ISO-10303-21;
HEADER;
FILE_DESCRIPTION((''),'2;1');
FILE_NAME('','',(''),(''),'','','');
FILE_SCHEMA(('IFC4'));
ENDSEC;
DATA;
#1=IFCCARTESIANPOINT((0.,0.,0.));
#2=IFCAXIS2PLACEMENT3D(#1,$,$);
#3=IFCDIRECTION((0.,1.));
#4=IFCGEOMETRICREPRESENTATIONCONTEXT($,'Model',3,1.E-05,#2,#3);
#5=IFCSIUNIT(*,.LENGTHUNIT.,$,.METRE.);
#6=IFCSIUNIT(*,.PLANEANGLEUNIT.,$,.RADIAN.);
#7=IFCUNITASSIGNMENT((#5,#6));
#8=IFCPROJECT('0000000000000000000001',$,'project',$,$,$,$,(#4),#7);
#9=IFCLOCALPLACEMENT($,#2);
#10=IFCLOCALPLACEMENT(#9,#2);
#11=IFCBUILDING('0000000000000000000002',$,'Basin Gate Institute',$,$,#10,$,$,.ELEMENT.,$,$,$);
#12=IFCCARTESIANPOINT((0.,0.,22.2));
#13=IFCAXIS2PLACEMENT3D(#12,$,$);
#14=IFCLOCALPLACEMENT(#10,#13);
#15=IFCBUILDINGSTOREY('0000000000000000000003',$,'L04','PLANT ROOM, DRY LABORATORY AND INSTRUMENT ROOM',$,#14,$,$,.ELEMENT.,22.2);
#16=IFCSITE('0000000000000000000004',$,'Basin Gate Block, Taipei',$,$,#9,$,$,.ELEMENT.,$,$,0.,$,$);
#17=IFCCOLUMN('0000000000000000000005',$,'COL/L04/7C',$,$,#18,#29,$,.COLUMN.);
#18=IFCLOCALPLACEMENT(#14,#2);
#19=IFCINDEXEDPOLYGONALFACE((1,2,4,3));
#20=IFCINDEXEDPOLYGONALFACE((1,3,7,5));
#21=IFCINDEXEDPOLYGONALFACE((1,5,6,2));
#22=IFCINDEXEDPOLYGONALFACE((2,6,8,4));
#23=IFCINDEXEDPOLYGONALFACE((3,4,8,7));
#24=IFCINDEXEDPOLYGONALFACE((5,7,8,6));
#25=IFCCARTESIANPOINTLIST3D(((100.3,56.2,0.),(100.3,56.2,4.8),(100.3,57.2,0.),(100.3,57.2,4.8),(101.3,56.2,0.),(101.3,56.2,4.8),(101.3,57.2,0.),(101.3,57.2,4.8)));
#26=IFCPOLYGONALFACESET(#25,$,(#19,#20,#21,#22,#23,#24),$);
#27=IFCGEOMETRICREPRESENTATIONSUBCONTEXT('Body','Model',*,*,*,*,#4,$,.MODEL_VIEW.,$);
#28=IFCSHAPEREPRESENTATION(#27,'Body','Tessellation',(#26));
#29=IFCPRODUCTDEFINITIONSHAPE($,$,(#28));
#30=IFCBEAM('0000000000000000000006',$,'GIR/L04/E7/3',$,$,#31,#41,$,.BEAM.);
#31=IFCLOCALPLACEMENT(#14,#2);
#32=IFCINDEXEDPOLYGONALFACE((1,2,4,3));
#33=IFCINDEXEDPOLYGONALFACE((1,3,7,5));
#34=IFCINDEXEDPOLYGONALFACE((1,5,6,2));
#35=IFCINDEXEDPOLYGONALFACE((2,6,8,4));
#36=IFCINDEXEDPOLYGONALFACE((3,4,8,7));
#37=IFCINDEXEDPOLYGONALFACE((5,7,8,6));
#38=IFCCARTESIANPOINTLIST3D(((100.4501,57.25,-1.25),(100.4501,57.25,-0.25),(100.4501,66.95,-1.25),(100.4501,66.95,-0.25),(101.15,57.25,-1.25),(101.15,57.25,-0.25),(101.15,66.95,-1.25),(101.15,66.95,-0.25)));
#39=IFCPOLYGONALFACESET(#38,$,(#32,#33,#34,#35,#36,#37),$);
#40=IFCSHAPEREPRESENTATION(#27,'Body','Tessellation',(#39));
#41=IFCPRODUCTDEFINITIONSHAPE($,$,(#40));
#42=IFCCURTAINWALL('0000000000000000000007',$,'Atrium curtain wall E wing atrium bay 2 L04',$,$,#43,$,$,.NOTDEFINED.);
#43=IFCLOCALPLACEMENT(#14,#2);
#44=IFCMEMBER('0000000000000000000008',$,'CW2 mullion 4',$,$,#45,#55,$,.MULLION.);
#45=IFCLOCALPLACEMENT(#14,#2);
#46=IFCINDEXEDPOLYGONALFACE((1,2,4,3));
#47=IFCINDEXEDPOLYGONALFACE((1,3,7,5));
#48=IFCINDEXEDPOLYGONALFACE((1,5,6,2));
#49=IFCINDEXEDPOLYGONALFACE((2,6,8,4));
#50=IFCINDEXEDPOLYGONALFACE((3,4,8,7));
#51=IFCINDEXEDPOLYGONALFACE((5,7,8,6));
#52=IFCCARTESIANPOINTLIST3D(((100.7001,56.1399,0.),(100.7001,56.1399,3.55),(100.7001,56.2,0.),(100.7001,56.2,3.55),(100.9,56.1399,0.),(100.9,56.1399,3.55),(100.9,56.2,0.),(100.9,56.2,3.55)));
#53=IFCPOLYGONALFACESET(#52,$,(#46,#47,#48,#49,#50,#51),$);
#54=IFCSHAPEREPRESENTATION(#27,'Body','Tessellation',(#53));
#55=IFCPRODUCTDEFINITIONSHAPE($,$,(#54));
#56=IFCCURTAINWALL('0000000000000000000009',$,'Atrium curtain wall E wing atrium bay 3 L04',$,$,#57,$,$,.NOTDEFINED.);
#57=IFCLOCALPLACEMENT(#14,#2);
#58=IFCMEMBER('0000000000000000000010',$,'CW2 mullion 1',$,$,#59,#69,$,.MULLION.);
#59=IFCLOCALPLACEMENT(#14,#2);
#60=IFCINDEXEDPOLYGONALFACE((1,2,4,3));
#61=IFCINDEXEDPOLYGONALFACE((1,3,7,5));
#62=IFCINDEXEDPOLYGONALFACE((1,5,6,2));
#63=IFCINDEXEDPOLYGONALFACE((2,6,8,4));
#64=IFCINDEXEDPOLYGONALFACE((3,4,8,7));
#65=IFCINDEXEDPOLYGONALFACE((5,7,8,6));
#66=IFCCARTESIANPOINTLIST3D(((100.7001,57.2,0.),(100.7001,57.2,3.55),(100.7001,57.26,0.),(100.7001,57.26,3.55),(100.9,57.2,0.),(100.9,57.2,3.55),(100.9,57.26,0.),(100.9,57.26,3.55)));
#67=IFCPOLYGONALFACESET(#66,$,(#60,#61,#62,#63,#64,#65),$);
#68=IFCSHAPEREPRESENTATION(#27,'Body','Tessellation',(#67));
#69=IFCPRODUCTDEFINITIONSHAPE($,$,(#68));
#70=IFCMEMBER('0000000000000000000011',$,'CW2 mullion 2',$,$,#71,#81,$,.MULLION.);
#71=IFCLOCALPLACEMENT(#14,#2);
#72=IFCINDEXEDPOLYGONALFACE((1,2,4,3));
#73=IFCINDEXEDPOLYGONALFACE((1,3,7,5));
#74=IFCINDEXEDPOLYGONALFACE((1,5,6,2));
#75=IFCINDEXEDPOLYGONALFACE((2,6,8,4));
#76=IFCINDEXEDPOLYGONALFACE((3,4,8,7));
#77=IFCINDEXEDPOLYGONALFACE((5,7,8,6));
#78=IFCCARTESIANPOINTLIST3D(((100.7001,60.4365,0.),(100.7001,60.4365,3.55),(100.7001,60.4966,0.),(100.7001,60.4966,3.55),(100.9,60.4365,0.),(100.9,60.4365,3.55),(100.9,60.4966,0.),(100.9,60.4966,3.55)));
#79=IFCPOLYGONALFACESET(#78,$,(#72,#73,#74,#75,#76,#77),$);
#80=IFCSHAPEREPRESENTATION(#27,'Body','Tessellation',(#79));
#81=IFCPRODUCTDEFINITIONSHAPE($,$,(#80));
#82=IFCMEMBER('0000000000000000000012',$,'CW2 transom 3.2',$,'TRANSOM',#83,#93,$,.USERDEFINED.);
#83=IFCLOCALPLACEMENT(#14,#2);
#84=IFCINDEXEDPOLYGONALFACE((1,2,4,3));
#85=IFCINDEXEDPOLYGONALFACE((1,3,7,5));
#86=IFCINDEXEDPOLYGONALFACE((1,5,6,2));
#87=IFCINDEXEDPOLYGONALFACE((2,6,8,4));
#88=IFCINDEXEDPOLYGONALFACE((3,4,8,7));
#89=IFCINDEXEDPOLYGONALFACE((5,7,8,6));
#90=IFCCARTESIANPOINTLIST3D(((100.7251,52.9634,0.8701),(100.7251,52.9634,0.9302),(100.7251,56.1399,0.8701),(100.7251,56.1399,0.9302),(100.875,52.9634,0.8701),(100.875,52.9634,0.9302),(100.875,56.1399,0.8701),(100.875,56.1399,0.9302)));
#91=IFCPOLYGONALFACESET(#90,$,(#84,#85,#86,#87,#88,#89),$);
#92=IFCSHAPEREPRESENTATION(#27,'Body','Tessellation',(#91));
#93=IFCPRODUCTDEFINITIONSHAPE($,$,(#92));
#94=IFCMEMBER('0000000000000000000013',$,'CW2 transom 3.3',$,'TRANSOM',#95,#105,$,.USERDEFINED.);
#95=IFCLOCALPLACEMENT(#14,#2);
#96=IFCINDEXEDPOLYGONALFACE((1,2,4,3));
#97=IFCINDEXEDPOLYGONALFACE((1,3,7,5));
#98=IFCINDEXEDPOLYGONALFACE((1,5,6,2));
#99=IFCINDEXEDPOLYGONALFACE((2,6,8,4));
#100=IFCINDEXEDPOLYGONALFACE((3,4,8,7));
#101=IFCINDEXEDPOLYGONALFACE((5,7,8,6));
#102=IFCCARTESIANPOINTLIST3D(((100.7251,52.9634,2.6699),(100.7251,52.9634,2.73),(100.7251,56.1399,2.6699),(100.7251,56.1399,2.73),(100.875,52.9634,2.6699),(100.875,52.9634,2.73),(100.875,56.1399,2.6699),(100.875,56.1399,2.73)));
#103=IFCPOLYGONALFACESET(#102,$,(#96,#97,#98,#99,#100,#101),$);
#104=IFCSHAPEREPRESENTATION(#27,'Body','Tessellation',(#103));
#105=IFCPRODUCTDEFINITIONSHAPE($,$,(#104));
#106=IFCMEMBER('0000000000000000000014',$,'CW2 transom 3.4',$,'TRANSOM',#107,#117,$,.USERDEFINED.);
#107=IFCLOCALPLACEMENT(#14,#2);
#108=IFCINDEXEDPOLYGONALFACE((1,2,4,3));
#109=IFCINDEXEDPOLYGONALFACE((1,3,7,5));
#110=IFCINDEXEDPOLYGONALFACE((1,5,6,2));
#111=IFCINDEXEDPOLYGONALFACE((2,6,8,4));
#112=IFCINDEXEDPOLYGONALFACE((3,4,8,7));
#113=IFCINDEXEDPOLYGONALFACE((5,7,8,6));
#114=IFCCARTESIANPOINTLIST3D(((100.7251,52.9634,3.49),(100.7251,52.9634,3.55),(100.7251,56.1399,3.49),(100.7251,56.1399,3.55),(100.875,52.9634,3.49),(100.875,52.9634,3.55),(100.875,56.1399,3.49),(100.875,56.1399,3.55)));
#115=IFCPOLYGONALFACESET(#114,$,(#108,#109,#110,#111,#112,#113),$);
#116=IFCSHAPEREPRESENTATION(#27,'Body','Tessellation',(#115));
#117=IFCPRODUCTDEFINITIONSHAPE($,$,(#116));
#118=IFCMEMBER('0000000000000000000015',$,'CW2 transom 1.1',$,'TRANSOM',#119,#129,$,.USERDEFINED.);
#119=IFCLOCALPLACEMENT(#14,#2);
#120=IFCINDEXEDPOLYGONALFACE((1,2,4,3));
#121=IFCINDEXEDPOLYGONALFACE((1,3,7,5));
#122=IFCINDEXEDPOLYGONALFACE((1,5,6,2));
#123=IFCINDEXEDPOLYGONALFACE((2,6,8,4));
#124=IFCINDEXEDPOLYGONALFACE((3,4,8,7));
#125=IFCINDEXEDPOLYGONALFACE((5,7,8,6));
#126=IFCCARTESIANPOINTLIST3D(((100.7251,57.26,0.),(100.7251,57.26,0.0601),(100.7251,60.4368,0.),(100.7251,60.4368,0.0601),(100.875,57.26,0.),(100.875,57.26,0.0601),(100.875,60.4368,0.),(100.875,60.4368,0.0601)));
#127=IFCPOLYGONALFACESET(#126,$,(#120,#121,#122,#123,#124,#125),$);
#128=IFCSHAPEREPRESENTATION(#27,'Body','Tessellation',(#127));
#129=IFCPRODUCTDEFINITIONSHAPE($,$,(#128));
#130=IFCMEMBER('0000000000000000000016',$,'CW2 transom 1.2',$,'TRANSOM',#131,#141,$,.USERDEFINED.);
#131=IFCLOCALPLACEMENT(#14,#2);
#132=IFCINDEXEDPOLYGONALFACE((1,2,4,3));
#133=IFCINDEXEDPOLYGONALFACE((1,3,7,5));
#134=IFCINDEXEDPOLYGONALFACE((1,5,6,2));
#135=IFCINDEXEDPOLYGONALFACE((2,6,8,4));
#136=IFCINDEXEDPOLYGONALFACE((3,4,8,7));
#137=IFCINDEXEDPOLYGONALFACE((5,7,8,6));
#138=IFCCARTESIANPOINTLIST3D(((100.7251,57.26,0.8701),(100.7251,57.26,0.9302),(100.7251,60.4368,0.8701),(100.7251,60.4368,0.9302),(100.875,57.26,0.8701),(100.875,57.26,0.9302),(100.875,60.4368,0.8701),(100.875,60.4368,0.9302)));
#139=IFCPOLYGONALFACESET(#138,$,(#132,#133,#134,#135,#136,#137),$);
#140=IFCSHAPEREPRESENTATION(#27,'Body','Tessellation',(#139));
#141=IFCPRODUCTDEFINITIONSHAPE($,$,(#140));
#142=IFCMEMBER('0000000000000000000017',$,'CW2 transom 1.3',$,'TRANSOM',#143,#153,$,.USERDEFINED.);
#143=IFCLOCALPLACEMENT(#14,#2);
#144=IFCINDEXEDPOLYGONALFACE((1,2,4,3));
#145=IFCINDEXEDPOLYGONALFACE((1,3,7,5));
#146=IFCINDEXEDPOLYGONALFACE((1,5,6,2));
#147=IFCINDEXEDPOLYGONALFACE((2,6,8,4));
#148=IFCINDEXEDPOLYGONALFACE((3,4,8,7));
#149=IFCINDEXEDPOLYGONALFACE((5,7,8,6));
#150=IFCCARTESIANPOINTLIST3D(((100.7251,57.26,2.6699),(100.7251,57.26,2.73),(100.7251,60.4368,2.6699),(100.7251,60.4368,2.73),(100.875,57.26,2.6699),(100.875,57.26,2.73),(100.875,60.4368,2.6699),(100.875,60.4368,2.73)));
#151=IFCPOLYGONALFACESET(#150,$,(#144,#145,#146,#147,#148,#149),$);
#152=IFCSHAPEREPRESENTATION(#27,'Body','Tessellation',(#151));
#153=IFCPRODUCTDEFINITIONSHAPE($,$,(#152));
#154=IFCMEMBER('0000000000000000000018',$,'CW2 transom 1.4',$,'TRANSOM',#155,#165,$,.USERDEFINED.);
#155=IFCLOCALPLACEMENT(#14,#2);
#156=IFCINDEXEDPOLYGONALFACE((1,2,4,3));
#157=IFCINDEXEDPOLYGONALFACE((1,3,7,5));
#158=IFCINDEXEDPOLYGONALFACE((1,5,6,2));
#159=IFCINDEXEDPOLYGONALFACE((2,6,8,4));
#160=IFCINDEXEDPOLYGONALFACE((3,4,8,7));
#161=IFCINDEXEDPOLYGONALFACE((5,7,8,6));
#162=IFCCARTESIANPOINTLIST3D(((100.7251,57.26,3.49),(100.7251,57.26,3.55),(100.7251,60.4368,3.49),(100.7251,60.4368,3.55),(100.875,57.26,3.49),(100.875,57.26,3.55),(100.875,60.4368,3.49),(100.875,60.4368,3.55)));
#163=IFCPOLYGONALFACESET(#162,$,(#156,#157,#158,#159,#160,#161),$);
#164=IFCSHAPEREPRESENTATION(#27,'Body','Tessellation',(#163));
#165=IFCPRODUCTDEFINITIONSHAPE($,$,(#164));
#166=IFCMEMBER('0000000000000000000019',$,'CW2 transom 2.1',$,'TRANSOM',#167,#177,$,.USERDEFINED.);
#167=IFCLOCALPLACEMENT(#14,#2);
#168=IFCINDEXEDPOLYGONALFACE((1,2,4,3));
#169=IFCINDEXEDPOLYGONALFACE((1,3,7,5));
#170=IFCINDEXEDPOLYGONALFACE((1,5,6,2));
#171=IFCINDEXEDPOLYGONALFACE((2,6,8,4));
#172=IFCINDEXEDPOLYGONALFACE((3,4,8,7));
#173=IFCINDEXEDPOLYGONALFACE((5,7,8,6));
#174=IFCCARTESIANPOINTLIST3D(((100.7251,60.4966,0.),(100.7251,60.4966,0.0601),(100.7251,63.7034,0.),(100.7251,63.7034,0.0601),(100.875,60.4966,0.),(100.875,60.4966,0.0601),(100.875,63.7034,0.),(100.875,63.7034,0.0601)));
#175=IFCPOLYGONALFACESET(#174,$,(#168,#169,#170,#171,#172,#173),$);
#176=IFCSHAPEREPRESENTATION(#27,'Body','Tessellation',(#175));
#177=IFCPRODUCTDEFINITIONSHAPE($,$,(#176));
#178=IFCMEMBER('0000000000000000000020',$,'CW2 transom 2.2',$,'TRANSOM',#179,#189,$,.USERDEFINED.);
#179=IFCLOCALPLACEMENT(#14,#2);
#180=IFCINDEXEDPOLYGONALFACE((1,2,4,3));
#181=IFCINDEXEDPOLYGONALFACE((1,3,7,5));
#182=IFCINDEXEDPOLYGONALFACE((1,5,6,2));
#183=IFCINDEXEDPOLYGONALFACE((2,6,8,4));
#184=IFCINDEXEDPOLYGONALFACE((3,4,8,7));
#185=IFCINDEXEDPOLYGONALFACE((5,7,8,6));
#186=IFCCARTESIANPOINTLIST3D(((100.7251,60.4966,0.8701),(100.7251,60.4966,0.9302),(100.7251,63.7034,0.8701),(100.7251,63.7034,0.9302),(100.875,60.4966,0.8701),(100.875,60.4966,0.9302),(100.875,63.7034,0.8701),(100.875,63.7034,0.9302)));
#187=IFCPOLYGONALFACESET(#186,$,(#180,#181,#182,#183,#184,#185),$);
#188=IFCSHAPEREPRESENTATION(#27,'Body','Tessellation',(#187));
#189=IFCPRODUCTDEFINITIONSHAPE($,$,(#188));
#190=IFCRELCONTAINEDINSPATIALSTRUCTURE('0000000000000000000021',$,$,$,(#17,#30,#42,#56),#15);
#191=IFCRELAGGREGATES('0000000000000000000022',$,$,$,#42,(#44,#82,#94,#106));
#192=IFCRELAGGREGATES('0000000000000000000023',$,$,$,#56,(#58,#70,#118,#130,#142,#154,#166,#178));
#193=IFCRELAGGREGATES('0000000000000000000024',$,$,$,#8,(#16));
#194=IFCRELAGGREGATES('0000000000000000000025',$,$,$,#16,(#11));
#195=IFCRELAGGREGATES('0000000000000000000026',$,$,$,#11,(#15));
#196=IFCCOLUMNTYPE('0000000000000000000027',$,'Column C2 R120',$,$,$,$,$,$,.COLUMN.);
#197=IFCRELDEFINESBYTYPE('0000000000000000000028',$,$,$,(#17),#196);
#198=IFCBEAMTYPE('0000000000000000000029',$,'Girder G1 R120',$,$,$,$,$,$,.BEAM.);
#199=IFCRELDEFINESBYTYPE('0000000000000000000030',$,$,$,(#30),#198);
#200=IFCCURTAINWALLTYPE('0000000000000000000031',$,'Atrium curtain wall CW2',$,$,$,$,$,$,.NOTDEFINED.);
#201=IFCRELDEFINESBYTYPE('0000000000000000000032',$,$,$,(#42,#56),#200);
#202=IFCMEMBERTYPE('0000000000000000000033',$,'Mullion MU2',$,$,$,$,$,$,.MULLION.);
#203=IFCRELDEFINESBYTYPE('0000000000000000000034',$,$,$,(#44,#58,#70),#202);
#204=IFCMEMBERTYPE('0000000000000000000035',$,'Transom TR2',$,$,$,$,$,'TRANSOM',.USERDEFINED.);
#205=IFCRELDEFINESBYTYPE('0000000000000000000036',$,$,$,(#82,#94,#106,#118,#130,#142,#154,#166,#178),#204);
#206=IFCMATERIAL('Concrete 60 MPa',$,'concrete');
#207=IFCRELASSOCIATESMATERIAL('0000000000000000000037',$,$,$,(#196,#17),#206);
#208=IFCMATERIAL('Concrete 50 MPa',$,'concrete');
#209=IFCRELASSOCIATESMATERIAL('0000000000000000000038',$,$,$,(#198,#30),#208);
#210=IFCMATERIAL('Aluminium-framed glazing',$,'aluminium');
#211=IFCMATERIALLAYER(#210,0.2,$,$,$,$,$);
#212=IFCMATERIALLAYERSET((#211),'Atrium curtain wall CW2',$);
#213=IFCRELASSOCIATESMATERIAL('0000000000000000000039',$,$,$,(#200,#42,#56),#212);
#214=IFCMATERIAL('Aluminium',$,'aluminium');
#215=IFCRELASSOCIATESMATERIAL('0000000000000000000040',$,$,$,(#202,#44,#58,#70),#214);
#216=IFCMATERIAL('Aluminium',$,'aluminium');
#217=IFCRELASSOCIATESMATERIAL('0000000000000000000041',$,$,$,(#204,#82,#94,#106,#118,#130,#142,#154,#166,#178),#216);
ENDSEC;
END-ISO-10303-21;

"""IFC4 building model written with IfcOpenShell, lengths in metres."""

from ifc_helpers import new_model, si_unit, direction, frame, origin, origin_2d, place, context, subcontext, project, spatial, rectangle, extrude, material, layer, layer_set, material_profile, profile_set, type_object, element, aggregate, save


model = new_model("IFC4")

# Units and contexts
model_context = context("Model", 3, precision=1e-05, world=origin(), true_north=direction((0.0, 1.0)))
body_context = subcontext(model_context, "Body", "Model", "MODEL_VIEW")
ifc_project = project(units=[si_unit("LENGTHUNIT", "METRE"), si_unit("PLANEANGLEUNIT", "RADIAN")], contexts=[model_context])

# Site, building, storey
site_placement = place(None, origin())
site = spatial("IfcSite", under=ifc_project, at=site_placement, Name="Basin Gate Block, Taipei", CompositionType="ELEMENT", RefElevation=0.0)
building_placement = place(site_placement, origin())
building = spatial("IfcBuilding", under=site, at=building_placement, Name="Basin Gate Institute", CompositionType="ELEMENT")
storey_placement = place(building_placement, frame((0.0, 0.0, 22.2)))
storey = spatial("IfcBuildingStorey", under=building, at=storey_placement, Name="L04", Description="PLANT ROOM, DRY LABORATORY AND INSTRUMENT ROOM", CompositionType="ELEMENT", Elevation=22.2)

# Column
ifc_material_1 = material(Name="Concrete 60 MPa", Category="concrete")
ifc_material_profile_1 = material_profile(ifc_material_1, rectangle(XDim=1.0, YDim=1.0, at=origin_2d()), Name="Column C2 1000 x 1000")
ifc_profile_set_1 = profile_set([ifc_material_profile_1], Name="Concrete 60 MPa")
column_type = type_object("IfcColumnType", Name="Column C2 R120", PredefinedType="COLUMN", material=ifc_profile_set_1)
column_placement = place(storey_placement, frame((100.8, 56.7, 0.0), z_axis=(0.0, 0.0, 1.0), x_axis=(1.0, 0.0, 0.0)))
element("IfcColumn", 1, at=column_placement, inside=storey, type_object=column_type, material=ifc_profile_set_1, Name="COL/L04/7C", PredefinedType="COLUMN", context=body_context, shape_type="SweptSolid", body=[
    extrude(rectangle(XDim=1.0, YDim=1.0, at=origin_2d()), origin(), (0.0, 0.0, 1.0), 4.8),
])

# Beam
ifc_material_2 = material(Name="Concrete 50 MPa", Category="concrete")
ifc_material_profile_2 = material_profile(ifc_material_2, rectangle(XDim=0.7, YDim=1.0, at=origin_2d()), Name="Girder G1 700 x 1000")
ifc_profile_set_2 = profile_set([ifc_material_profile_2], Name="Concrete 50 MPa")
beam_type = type_object("IfcBeamType", Name="Girder G1 R120", PredefinedType="BEAM", material=ifc_profile_set_2)
beam_placement = place(storey_placement, frame((100.8, 57.25, -0.75), z_axis=(0.0, 1.0, 0.0), x_axis=(-1.0, 0.0, 0.0)))
element("IfcBeam", 2, at=beam_placement, inside=storey, type_object=beam_type, material=ifc_profile_set_2, Name="GIR/L04/E7/3", PredefinedType="BEAM", context=body_context, shape_type="SweptSolid", body=[
    extrude(rectangle(XDim=0.7, YDim=1.0, at=origin_2d()), origin(), (0.0, 0.0, 1.0), 9.7),
])

# Curtain wall, member
ifc_material_3 = material(Name="Aluminium-framed glazing", Category="aluminium")
ifc_layer_1 = layer(ifc_material_3, 0.2)
ifc_layer_set_1 = layer_set([ifc_layer_1], Name="Atrium curtain wall CW2")
curtain_wall_type = type_object("IfcCurtainWallType", Name="Atrium curtain wall CW2", PredefinedType="NOTDEFINED", material=ifc_layer_set_1)
curtain_wall_1_placement = place(storey_placement, origin())
curtain_wall_1 = element("IfcCurtainWall", 3, at=curtain_wall_1_placement, inside=storey, type_object=curtain_wall_type, material=ifc_layer_set_1, Name="Atrium curtain wall E wing atrium bay 2 L04", PredefinedType="NOTDEFINED")
ifc_material_4 = material(Name="Aluminium", Category="aluminium")
ifc_material_profile_3 = material_profile(ifc_material_4, rectangle(XDim=0.2, YDim=0.0601, at=origin_2d()), Name="Mullion MU2 200 x 60")
ifc_profile_set_3 = profile_set([ifc_material_profile_3], Name="Aluminium")
member_type_1 = type_object("IfcMemberType", Name="Mullion MU2", PredefinedType="MULLION", material=ifc_profile_set_3)
member_1_placement = place(storey_placement, frame((100.8, 56.1699, 0.0), z_axis=(0.0, 0.0, 1.0), x_axis=(-1.0, 0.0, 0.0)))
member_1 = element("IfcMember", 4, at=member_1_placement, type_object=member_type_1, material=ifc_profile_set_3, Name="CW2 mullion 4", PredefinedType="MULLION", context=body_context, shape_type="SweptSolid", body=[
    extrude(rectangle(XDim=0.2, YDim=0.0601, at=origin_2d()), origin(), (0.0, 0.0, 1.0), 3.55),
])

# Curtain wall, members
curtain_wall_2_placement = place(storey_placement, origin())
curtain_wall_2 = element("IfcCurtainWall", 5, at=curtain_wall_2_placement, inside=storey, type_object=curtain_wall_type, material=ifc_layer_set_1, Name="Atrium curtain wall E wing atrium bay 3 L04", PredefinedType="NOTDEFINED")
member_2_placement = place(storey_placement, frame((100.8, 57.23, 0.0), z_axis=(0.0, 0.0, 1.0), x_axis=(-1.0, 0.0, 0.0)))
member_2 = element("IfcMember", 6, at=member_2_placement, type_object=member_type_1, material=ifc_profile_set_3, Name="CW2 mullion 1", PredefinedType="MULLION", context=body_context, shape_type="SweptSolid", body=[
    extrude(rectangle(XDim=0.2, YDim=0.0601, at=origin_2d()), origin(), (0.0, 0.0, 1.0), 3.55),
])
member_3_placement = place(storey_placement, frame((100.8, 60.4666, 0.0), z_axis=(0.0, 0.0, 1.0), x_axis=(-1.0, 0.0, 0.0)))
member_3 = element("IfcMember", 7, at=member_3_placement, type_object=member_type_1, material=ifc_profile_set_3, Name="CW2 mullion 2", PredefinedType="MULLION", context=body_context, shape_type="SweptSolid", body=[
    extrude(rectangle(XDim=0.2, YDim=0.0601, at=origin_2d()), origin(), (0.0, 0.0, 1.0), 3.55),
])

# Members
ifc_material_5 = material(Name="Aluminium", Category="aluminium")
ifc_material_profile_4 = material_profile(ifc_material_5, rectangle(XDim=0.1499, YDim=0.0601, at=origin_2d()), Name="Transom TR2 150 x 60")
ifc_profile_set_4 = profile_set([ifc_material_profile_4], Name="Aluminium")
member_type_2 = type_object("IfcMemberType", Name="Transom TR2", ElementType="TRANSOM", PredefinedType="USERDEFINED", material=ifc_profile_set_4)
member_4_placement = place(storey_placement, frame((100.8, 52.9634, 0.9001), z_axis=(0.0, 1.0, 0.0), x_axis=(-1.0, 0.0, 0.0)))
member_4 = element("IfcMember", 8, at=member_4_placement, type_object=member_type_2, material=ifc_profile_set_4, Name="CW2 transom 3.2", ObjectType="TRANSOM", PredefinedType="USERDEFINED", context=body_context, shape_type="SweptSolid", body=[
    extrude(rectangle(XDim=0.1499, YDim=0.0601, at=origin_2d()), origin(), (0.0, 0.0, 1.0), 3.1765),
])
member_5_placement = place(storey_placement, frame((100.8, 52.9634, 2.7), z_axis=(0.0, 1.0, 0.0), x_axis=(-1.0, 0.0, 0.0)))
member_5 = element("IfcMember", 9, at=member_5_placement, type_object=member_type_2, material=ifc_profile_set_4, Name="CW2 transom 3.3", ObjectType="TRANSOM", PredefinedType="USERDEFINED", context=body_context, shape_type="SweptSolid", body=[
    extrude(rectangle(XDim=0.1499, YDim=0.0601, at=origin_2d()), origin(), (0.0, 0.0, 1.0), 3.1765),
])
member_6_placement = place(storey_placement, frame((100.8, 52.9634, 3.52), z_axis=(0.0, 1.0, 0.0), x_axis=(-1.0, 0.0, 0.0)))
member_6 = element("IfcMember", 10, at=member_6_placement, type_object=member_type_2, material=ifc_profile_set_4, Name="CW2 transom 3.4", ObjectType="TRANSOM", PredefinedType="USERDEFINED", context=body_context, shape_type="SweptSolid", body=[
    extrude(rectangle(XDim=0.1499, YDim=0.0601, at=origin_2d()), origin(), (0.0, 0.0, 1.0), 3.1765),
])
member_7_placement = place(storey_placement, frame((100.8, 57.26, 0.03), z_axis=(0.0, 1.0, 0.0), x_axis=(-1.0, 0.0, 0.0)))
member_7 = element("IfcMember", 11, at=member_7_placement, type_object=member_type_2, material=ifc_profile_set_4, Name="CW2 transom 1.1", ObjectType="TRANSOM", PredefinedType="USERDEFINED", context=body_context, shape_type="SweptSolid", body=[
    extrude(rectangle(XDim=0.1499, YDim=0.0601, at=origin_2d()), origin(), (0.0, 0.0, 1.0), 3.1768),
])
member_8_placement = place(storey_placement, frame((100.8, 57.26, 0.9001), z_axis=(0.0, 1.0, 0.0), x_axis=(-1.0, 0.0, 0.0)))
member_8 = element("IfcMember", 12, at=member_8_placement, type_object=member_type_2, material=ifc_profile_set_4, Name="CW2 transom 1.2", ObjectType="TRANSOM", PredefinedType="USERDEFINED", context=body_context, shape_type="SweptSolid", body=[
    extrude(rectangle(XDim=0.1499, YDim=0.0601, at=origin_2d()), origin(), (0.0, 0.0, 1.0), 3.1768),
])
member_9_placement = place(storey_placement, frame((100.8, 57.26, 2.7), z_axis=(0.0, 1.0, 0.0), x_axis=(-1.0, 0.0, 0.0)))
member_9 = element("IfcMember", 13, at=member_9_placement, type_object=member_type_2, material=ifc_profile_set_4, Name="CW2 transom 1.3", ObjectType="TRANSOM", PredefinedType="USERDEFINED", context=body_context, shape_type="SweptSolid", body=[
    extrude(rectangle(XDim=0.1499, YDim=0.0601, at=origin_2d()), origin(), (0.0, 0.0, 1.0), 3.1768),
])
member_10_placement = place(storey_placement, frame((100.8, 57.26, 3.52), z_axis=(0.0, 1.0, 0.0), x_axis=(-1.0, 0.0, 0.0)))
member_10 = element("IfcMember", 14, at=member_10_placement, type_object=member_type_2, material=ifc_profile_set_4, Name="CW2 transom 1.4", ObjectType="TRANSOM", PredefinedType="USERDEFINED", context=body_context, shape_type="SweptSolid", body=[
    extrude(rectangle(XDim=0.1499, YDim=0.0601, at=origin_2d()), origin(), (0.0, 0.0, 1.0), 3.1768),
])
member_11_placement = place(storey_placement, frame((100.8, 60.4966, 0.03), z_axis=(0.0, 1.0, 0.0), x_axis=(-1.0, 0.0, 0.0)))
member_11 = element("IfcMember", 15, at=member_11_placement, type_object=member_type_2, material=ifc_profile_set_4, Name="CW2 transom 2.1", ObjectType="TRANSOM", PredefinedType="USERDEFINED", context=body_context, shape_type="SweptSolid", body=[
    extrude(rectangle(XDim=0.1499, YDim=0.0601, at=origin_2d()), origin(), (0.0, 0.0, 1.0), 3.2068),
])
member_12_placement = place(storey_placement, frame((100.8, 60.4966, 0.9001), z_axis=(0.0, 1.0, 0.0), x_axis=(-1.0, 0.0, 0.0)))
member_12 = element("IfcMember", 16, at=member_12_placement, type_object=member_type_2, material=ifc_profile_set_4, Name="CW2 transom 2.2", ObjectType="TRANSOM", PredefinedType="USERDEFINED", context=body_context, shape_type="SweptSolid", body=[
    extrude(rectangle(XDim=0.1499, YDim=0.0601, at=origin_2d()), origin(), (0.0, 0.0, 1.0), 3.2068),
])

aggregate(curtain_wall_1, [member_1, member_4, member_5, member_6])
aggregate(curtain_wall_2, [member_2, member_3, member_7, member_8, member_9, member_10, member_11, member_12])

save(model, "model.ifc")
